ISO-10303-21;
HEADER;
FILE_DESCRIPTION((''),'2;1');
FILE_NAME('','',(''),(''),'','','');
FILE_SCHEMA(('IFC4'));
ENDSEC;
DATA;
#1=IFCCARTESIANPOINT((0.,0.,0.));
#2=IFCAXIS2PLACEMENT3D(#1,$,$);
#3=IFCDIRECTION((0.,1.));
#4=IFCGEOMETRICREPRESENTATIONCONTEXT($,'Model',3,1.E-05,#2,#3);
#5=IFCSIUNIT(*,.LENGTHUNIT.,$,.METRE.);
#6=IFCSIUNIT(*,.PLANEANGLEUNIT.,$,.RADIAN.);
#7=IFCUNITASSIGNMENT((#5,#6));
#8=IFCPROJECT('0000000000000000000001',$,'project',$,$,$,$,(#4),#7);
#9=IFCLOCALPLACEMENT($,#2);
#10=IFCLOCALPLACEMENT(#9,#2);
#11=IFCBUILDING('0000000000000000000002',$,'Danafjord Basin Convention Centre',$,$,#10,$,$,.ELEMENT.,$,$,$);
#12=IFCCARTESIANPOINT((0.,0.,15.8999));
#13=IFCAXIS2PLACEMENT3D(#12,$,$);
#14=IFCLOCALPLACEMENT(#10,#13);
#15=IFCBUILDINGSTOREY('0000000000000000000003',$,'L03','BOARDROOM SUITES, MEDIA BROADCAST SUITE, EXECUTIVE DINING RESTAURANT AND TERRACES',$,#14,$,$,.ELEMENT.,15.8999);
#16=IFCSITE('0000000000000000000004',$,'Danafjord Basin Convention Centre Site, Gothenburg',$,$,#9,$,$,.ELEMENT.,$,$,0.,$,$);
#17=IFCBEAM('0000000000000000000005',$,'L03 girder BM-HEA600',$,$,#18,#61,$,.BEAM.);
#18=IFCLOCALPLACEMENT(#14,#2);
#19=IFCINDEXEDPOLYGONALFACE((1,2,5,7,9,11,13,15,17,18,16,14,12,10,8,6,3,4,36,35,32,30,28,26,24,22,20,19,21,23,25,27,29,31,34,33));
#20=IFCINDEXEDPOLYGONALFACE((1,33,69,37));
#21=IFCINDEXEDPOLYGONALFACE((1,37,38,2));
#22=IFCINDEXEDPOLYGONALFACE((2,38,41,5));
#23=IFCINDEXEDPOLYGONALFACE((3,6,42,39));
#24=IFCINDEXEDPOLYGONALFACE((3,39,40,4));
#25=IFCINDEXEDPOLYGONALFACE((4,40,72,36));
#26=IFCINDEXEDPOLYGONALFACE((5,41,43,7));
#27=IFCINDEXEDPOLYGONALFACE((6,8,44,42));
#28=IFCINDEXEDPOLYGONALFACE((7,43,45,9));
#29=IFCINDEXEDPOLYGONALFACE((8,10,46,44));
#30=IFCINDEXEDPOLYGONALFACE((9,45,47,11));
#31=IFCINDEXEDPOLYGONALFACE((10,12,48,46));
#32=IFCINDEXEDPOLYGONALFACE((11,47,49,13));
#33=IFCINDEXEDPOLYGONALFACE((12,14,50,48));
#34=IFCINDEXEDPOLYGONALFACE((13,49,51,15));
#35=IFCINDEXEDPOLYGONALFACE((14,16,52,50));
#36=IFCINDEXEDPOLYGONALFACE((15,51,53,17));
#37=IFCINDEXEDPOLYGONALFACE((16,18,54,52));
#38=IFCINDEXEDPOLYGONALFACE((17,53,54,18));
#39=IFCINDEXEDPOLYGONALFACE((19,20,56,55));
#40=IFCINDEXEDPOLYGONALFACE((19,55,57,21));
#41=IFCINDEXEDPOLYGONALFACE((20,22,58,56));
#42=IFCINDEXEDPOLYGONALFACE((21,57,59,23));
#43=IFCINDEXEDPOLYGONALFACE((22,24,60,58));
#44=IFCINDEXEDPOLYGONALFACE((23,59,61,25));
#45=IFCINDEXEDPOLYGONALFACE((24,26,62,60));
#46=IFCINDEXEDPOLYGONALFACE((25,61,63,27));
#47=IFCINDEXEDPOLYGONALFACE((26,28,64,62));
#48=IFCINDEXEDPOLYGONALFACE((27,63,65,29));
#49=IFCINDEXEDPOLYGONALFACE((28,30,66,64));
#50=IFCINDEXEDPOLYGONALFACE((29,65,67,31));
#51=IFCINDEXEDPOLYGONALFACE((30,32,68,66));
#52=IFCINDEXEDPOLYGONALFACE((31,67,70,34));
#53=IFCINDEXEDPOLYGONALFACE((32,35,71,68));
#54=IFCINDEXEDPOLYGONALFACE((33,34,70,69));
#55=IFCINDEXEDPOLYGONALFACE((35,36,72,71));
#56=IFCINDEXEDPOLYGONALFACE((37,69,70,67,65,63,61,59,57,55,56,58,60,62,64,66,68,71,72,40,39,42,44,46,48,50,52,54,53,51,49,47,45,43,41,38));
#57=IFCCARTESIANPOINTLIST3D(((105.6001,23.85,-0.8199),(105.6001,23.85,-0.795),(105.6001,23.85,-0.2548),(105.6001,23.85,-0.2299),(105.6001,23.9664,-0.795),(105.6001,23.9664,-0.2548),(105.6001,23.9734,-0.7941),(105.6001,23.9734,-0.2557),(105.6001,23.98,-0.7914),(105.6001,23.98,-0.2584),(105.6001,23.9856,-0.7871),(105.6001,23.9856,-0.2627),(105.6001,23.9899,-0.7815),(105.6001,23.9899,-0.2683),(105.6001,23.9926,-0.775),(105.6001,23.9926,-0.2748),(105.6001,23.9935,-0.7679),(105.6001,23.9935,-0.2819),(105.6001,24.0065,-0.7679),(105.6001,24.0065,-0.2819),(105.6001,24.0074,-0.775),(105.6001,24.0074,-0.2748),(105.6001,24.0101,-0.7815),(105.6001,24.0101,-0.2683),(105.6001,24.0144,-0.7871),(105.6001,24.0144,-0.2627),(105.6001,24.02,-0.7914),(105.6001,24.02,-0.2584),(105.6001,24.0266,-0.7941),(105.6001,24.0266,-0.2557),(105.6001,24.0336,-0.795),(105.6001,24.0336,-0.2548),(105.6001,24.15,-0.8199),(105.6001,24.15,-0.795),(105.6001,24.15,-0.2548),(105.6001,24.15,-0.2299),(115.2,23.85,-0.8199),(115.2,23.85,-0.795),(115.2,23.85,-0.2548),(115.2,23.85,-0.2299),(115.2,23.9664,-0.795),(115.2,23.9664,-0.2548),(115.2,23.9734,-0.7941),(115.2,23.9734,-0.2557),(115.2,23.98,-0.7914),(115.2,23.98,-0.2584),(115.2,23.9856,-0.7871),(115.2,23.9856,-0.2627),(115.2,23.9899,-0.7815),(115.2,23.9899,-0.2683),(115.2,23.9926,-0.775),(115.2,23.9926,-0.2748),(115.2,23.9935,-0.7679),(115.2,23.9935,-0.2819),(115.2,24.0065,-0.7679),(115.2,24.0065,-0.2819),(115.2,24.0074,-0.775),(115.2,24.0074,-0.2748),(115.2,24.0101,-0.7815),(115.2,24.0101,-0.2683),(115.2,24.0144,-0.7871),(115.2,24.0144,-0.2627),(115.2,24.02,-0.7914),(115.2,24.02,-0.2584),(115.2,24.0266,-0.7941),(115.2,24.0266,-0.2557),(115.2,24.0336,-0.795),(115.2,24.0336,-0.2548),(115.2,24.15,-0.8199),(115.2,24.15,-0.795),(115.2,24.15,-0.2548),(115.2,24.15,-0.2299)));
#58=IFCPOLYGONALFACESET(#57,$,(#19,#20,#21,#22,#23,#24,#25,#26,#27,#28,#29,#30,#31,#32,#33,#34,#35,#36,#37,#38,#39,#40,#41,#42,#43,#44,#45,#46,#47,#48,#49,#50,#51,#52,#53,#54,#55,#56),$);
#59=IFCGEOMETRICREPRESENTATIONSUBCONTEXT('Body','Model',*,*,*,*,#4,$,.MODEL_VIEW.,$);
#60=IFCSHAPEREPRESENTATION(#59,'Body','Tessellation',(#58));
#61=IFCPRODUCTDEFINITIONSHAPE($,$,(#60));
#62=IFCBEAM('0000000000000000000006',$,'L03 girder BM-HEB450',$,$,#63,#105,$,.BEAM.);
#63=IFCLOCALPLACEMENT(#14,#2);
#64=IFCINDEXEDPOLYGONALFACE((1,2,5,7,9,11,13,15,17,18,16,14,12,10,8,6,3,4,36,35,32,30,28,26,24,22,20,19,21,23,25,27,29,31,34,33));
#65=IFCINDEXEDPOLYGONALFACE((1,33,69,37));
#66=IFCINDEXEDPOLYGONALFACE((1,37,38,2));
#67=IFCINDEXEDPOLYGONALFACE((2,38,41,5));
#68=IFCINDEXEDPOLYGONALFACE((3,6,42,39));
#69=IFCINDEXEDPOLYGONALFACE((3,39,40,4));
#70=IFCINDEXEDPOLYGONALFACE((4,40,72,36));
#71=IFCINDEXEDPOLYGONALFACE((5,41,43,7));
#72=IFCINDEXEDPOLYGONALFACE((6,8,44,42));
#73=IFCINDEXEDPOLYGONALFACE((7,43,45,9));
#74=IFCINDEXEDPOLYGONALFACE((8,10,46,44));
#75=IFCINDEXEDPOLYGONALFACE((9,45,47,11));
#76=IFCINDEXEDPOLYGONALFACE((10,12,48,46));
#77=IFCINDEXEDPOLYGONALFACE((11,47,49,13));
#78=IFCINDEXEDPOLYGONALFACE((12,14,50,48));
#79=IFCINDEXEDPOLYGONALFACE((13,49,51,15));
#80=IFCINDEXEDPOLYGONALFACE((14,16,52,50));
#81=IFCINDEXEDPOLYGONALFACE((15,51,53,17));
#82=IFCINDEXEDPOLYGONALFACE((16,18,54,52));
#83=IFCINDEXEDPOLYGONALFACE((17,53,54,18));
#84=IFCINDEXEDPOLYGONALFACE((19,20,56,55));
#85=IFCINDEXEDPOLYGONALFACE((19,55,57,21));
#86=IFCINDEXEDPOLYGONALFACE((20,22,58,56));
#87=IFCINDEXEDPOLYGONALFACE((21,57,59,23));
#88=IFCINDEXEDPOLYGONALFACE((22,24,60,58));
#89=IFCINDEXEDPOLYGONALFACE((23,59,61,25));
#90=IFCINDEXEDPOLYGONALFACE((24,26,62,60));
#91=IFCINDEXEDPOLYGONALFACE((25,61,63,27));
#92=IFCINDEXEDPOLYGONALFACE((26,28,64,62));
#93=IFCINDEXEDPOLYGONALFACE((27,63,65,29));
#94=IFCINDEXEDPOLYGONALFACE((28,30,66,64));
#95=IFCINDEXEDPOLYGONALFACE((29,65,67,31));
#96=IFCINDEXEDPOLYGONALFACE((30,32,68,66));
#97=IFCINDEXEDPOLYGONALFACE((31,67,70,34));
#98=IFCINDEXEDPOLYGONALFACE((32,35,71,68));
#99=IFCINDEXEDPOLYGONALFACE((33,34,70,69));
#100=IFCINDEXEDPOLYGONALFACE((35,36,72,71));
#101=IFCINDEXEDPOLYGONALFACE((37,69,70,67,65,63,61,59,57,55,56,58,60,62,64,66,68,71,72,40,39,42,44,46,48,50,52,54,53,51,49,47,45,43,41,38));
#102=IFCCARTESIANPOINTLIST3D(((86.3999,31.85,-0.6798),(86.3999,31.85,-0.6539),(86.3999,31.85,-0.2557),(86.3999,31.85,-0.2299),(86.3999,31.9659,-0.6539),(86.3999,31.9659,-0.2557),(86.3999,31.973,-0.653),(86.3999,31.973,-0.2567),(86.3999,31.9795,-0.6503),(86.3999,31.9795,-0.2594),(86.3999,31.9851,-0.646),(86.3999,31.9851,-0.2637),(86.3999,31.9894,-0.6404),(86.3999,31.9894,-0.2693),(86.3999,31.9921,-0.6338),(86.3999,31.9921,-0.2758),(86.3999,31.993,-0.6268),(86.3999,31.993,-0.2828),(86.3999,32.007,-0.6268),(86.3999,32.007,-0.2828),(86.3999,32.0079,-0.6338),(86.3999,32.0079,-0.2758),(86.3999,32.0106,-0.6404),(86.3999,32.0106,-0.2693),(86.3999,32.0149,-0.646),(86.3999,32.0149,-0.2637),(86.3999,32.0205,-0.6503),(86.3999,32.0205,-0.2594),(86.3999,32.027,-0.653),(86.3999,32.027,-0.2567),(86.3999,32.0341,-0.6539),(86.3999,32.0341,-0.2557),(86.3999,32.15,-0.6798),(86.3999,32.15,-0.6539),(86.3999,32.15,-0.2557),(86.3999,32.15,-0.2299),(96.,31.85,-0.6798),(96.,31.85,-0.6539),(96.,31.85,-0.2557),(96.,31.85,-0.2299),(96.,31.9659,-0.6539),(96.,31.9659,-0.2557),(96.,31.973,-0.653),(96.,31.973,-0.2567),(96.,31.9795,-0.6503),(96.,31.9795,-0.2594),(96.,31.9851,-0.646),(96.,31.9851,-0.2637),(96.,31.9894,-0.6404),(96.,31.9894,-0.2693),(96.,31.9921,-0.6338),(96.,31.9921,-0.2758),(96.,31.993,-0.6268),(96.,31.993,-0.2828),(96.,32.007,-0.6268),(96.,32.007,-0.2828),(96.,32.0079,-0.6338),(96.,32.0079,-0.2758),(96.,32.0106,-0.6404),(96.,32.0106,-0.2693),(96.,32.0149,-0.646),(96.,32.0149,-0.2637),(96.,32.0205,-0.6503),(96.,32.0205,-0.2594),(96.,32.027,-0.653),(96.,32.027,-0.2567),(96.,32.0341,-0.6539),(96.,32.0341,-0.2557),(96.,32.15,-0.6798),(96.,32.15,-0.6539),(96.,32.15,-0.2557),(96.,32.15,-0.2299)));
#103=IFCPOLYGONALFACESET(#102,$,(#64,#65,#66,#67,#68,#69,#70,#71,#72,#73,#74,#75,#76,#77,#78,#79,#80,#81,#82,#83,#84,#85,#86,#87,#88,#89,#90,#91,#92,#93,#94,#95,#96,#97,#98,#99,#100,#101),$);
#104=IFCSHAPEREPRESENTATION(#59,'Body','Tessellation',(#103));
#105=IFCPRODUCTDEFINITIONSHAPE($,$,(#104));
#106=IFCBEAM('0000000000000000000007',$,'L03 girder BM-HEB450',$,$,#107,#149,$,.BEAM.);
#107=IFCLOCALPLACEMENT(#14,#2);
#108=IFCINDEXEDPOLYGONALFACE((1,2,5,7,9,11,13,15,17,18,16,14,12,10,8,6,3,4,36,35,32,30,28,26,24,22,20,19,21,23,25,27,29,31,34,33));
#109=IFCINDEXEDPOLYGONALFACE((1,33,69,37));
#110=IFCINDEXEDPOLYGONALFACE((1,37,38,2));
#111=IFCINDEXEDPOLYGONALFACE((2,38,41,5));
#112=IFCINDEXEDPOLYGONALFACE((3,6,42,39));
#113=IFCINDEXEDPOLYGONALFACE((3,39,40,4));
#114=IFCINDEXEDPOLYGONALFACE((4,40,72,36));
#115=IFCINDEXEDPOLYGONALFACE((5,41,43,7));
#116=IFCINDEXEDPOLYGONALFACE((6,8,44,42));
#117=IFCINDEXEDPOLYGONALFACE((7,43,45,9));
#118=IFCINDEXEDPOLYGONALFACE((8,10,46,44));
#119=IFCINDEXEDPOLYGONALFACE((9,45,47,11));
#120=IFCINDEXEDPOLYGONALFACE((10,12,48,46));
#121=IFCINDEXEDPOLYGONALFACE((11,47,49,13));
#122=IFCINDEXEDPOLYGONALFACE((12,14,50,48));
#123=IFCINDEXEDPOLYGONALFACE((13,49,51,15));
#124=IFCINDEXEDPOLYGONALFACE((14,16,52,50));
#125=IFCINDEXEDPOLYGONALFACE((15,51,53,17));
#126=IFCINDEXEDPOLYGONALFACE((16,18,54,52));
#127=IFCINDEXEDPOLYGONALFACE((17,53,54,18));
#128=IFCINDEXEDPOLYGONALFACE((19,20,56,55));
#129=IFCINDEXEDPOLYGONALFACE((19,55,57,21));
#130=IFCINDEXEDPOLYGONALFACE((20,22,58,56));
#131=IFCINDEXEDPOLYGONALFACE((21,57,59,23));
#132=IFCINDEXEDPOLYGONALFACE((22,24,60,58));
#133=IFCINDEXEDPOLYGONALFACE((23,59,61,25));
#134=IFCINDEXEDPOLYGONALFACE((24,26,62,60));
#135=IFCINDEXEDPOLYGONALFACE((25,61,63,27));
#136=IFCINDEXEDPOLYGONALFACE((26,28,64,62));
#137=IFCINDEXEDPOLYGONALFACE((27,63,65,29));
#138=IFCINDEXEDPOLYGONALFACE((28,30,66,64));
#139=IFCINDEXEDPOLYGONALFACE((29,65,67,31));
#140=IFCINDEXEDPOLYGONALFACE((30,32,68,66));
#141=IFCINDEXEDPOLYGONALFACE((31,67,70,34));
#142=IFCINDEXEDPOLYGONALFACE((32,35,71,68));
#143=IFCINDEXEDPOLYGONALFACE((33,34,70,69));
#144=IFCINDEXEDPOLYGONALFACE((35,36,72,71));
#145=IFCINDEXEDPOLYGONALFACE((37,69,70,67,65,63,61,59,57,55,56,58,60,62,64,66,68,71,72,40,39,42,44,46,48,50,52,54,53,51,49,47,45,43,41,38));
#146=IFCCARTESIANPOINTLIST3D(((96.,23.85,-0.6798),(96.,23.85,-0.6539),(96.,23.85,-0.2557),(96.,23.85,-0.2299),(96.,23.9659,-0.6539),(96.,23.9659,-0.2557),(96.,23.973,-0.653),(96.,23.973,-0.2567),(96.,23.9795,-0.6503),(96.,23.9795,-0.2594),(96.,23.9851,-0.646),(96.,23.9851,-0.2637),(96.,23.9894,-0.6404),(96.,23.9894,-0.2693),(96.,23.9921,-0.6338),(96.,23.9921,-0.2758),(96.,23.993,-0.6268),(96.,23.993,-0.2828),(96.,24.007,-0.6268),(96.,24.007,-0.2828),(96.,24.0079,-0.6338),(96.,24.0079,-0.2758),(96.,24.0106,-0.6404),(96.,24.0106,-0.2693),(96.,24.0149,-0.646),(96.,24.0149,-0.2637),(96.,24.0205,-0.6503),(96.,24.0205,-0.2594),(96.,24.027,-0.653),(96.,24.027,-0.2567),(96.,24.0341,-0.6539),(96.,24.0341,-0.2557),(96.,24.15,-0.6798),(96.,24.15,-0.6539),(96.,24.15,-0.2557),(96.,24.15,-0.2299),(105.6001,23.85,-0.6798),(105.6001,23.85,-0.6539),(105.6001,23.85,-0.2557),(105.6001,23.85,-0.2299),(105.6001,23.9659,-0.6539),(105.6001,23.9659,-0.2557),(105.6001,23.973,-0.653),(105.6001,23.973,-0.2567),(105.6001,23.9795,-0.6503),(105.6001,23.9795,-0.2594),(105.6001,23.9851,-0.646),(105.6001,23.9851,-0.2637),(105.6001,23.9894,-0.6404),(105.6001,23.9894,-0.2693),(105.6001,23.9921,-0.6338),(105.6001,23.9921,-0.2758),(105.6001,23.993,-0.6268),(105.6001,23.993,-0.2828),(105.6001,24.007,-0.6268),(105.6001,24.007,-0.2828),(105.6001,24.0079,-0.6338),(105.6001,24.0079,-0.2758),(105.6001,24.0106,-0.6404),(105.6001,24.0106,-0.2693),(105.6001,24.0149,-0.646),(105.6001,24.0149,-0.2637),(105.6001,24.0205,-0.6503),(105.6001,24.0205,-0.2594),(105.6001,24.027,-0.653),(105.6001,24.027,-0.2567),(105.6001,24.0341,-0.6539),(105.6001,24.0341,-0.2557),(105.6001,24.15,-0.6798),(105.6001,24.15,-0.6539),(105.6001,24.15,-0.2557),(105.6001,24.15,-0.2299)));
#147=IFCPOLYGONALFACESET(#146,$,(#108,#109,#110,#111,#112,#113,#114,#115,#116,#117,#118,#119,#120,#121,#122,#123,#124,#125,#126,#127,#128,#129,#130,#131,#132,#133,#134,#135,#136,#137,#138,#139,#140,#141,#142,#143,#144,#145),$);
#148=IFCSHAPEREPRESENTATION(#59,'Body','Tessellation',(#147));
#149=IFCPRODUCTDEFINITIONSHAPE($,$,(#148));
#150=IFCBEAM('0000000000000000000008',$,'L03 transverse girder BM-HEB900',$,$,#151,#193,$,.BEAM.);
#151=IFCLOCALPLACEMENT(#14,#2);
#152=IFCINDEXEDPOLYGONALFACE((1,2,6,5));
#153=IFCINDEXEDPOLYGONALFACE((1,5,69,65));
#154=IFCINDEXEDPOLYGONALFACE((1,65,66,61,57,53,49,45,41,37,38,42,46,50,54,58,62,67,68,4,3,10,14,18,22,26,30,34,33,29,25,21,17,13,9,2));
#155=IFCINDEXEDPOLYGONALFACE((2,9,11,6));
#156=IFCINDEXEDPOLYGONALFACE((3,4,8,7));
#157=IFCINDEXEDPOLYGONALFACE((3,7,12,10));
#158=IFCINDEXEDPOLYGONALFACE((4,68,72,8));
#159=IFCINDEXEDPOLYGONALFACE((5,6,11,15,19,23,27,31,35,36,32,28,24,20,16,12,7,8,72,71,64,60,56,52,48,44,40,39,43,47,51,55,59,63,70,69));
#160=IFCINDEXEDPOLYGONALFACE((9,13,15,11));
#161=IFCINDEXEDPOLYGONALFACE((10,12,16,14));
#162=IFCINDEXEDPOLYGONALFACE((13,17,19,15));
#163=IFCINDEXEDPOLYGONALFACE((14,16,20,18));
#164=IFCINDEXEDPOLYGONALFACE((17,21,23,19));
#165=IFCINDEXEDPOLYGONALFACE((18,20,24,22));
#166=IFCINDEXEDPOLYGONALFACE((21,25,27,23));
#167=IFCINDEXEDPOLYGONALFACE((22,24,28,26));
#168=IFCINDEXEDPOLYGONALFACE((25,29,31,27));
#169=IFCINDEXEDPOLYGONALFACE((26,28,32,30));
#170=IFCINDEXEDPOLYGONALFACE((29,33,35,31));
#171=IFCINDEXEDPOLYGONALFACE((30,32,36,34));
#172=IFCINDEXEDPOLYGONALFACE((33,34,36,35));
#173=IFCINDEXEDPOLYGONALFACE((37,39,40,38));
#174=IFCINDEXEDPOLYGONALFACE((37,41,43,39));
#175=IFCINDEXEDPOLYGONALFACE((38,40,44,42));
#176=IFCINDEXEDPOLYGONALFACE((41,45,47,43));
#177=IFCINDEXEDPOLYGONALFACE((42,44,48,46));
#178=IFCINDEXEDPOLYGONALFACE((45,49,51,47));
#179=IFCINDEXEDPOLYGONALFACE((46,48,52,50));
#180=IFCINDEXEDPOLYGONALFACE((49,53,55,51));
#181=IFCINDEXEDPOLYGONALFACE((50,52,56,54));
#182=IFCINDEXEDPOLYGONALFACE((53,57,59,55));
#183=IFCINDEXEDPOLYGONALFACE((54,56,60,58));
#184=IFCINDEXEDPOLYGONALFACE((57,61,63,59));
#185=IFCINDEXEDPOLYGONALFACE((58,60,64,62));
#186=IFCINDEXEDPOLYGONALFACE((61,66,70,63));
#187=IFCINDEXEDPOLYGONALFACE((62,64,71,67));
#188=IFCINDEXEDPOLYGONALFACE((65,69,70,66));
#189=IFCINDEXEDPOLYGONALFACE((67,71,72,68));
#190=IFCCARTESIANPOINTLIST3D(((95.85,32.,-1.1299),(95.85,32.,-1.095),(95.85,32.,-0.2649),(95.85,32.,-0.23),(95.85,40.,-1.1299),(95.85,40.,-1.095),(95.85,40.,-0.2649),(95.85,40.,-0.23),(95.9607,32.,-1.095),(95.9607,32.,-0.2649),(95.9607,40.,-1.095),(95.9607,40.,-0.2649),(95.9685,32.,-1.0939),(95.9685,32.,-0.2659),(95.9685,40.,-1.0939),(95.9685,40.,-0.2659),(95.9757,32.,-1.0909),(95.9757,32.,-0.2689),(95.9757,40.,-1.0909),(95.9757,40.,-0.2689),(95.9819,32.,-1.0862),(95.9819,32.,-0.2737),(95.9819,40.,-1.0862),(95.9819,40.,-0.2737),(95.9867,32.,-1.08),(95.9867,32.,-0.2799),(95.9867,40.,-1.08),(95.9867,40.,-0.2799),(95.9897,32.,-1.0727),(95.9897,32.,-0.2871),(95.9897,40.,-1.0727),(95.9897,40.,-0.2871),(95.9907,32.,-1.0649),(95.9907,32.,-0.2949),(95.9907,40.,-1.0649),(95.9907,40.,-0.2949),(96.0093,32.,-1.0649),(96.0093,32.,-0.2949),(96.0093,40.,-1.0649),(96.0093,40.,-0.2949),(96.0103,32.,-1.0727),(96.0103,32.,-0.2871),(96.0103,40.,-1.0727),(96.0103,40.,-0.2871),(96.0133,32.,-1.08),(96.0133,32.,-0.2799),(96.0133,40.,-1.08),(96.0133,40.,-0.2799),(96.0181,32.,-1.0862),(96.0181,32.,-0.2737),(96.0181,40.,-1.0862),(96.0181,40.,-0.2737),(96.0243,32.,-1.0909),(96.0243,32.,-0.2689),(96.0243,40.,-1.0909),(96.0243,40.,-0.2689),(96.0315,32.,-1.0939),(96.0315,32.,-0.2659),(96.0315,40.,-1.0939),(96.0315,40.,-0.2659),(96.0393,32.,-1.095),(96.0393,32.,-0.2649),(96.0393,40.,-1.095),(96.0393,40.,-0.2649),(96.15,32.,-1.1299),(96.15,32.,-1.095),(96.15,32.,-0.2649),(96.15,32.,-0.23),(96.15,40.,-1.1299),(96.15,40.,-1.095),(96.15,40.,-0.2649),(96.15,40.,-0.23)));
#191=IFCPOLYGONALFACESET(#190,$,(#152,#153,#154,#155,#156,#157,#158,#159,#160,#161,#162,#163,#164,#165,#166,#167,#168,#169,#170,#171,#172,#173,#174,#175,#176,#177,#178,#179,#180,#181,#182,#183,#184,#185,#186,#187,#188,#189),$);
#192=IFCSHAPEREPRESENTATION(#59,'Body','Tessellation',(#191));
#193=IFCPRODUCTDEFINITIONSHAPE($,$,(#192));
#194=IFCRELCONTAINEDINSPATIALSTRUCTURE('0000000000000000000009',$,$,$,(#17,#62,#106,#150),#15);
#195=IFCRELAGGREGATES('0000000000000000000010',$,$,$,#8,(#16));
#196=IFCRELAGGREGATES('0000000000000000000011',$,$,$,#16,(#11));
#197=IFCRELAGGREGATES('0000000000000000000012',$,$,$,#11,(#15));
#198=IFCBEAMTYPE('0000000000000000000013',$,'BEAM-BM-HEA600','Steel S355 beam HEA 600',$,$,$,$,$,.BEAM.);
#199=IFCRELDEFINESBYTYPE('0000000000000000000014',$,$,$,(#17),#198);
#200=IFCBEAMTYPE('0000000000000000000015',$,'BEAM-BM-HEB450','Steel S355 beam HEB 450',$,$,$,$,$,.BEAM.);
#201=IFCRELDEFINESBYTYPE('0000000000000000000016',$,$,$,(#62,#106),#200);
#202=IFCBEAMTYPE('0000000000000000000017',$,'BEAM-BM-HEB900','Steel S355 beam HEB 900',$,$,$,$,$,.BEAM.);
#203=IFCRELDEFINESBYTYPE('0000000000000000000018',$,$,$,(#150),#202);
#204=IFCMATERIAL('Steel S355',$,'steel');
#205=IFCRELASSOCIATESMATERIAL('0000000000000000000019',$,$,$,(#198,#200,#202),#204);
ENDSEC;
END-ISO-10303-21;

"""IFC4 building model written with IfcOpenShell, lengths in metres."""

from ifc_helpers import new_model, si_unit, direction, frame, origin, origin_2d, place, context, subcontext, project, spatial, i_section, extrude, material, material_profile, profile_set, type_object, element, save


model = new_model("IFC4")

# Units and contexts
model_context = context("Model", 3, precision=1e-05, world=origin(), true_north=direction((0.0, 1.0)))
body_context = subcontext(model_context, "Body", "Model", "MODEL_VIEW")
ifc_project = project(units=[si_unit("LENGTHUNIT", "METRE"), si_unit("PLANEANGLEUNIT", "RADIAN")], contexts=[model_context])

# Site, building, storey
site_placement = place(None, origin())
site = spatial("IfcSite", under=ifc_project, at=site_placement, Name="Danafjord Basin Convention Centre Site, Gothenburg", CompositionType="ELEMENT", RefElevation=0.0)
building_placement = place(site_placement, origin())
building = spatial("IfcBuilding", under=site, at=building_placement, Name="Danafjord Basin Convention Centre", CompositionType="ELEMENT")
storey_placement = place(building_placement, frame((0.0, 0.0, 15.8999)))
storey = spatial("IfcBuildingStorey", under=building, at=storey_placement, Name="L03", Description="BOARDROOM SUITES, MEDIA BROADCAST SUITE, EXECUTIVE DINING RESTAURANT AND TERRACES", CompositionType="ELEMENT", Elevation=15.8999)

# Shared definitions
ifc_material_1 = material(Name="Steel S355", Category="steel")

# Beams
ifc_material_profile_1 = material_profile(ifc_material_1, i_section(OverallWidth=0.3, OverallDepth=0.5901, WebThickness=0.0129, FlangeThickness=0.0249, FilletRadius=0.0271, at=origin_2d()), Name="HEA 600")
ifc_profile_set_1 = profile_set([ifc_material_profile_1], Name="Steel S355")
beam_type_1 = type_object("IfcBeamType", Name="BEAM-BM-HEA600", Description="Steel S355 beam HEA 600", PredefinedType="BEAM", material=ifc_profile_set_1)
beam_1_placement = place(storey_placement, frame((105.6001, 24.0, -0.5249), z_axis=(1.0, 0.0, 0.0), x_axis=(0.0, 1.0, 0.0)))
element("IfcBeam", 1, at=beam_1_placement, inside=storey, type_object=beam_type_1, Name="L03 girder BM-HEA600", PredefinedType="BEAM", context=body_context, shape_type="SweptSolid", body=[
    extrude(i_section(OverallWidth=0.3, OverallDepth=0.5901, WebThickness=0.0129, FlangeThickness=0.0249, FilletRadius=0.0271, at=origin_2d()), origin(), (0.0, 0.0, 1.0), 9.5999),
])
ifc_material_profile_2 = material_profile(ifc_material_1, i_section(OverallWidth=0.3, OverallDepth=0.45, WebThickness=0.0139, FlangeThickness=0.0259, FilletRadius=0.0271, at=origin_2d()), Name="HEB 450")
ifc_profile_set_2 = profile_set([ifc_material_profile_2], Name="Steel S355")
beam_type_2 = type_object("IfcBeamType", Name="BEAM-BM-HEB450", Description="Steel S355 beam HEB 450", PredefinedType="BEAM", material=ifc_profile_set_2)
for number, where, z_axis, x_axis, name in (
    (2, (86.3999, 32.0, -0.4548), (1.0, 0.0, 0.0), (0.0, 1.0, 0.0), "L03 girder BM-HEB450"),
    (3, (96.0, 24.0, -0.4548), (1.0, 0.0, 0.0), (0.0, 1.0, 0.0), "L03 girder BM-HEB450"),
):
    element("IfcBeam", number, at=place(storey_placement, frame(where, z_axis=z_axis, x_axis=x_axis)), inside=storey, type_object=beam_type_2, Name=name, PredefinedType="BEAM", context=body_context, shape_type="SweptSolid", body=[
        extrude(i_section(OverallWidth=0.3, OverallDepth=0.45, WebThickness=0.0139, FlangeThickness=0.0259, FilletRadius=0.0271, at=origin_2d()), origin(), (0.0, 0.0, 1.0), 9.6001),
    ])
ifc_material_profile_3 = material_profile(ifc_material_1, i_section(OverallWidth=0.3, OverallDepth=0.8999, WebThickness=0.0186, FlangeThickness=0.0349, FilletRadius=0.03, at=origin_2d()), Name="HEB 900")
ifc_profile_set_3 = profile_set([ifc_material_profile_3], Name="Steel S355")
beam_type_3 = type_object("IfcBeamType", Name="BEAM-BM-HEB900", Description="Steel S355 beam HEB 900", PredefinedType="BEAM", material=ifc_profile_set_3)
beam_2_placement = place(storey_placement, frame((96.0, 32.0, -0.6799), z_axis=(0.0, 1.0, 0.0), x_axis=(-1.0, 0.0, 0.0)))
element("IfcBeam", 4, at=beam_2_placement, inside=storey, type_object=beam_type_3, Name="L03 transverse girder BM-HEB900", PredefinedType="BEAM", context=body_context, shape_type="SweptSolid", body=[
    extrude(i_section(OverallWidth=0.3, OverallDepth=0.8999, WebThickness=0.0186, FlangeThickness=0.0349, FilletRadius=0.03, at=origin_2d()), origin(), (0.0, 0.0, 1.0), 8.0),
])

save(model, "model.ifc")
